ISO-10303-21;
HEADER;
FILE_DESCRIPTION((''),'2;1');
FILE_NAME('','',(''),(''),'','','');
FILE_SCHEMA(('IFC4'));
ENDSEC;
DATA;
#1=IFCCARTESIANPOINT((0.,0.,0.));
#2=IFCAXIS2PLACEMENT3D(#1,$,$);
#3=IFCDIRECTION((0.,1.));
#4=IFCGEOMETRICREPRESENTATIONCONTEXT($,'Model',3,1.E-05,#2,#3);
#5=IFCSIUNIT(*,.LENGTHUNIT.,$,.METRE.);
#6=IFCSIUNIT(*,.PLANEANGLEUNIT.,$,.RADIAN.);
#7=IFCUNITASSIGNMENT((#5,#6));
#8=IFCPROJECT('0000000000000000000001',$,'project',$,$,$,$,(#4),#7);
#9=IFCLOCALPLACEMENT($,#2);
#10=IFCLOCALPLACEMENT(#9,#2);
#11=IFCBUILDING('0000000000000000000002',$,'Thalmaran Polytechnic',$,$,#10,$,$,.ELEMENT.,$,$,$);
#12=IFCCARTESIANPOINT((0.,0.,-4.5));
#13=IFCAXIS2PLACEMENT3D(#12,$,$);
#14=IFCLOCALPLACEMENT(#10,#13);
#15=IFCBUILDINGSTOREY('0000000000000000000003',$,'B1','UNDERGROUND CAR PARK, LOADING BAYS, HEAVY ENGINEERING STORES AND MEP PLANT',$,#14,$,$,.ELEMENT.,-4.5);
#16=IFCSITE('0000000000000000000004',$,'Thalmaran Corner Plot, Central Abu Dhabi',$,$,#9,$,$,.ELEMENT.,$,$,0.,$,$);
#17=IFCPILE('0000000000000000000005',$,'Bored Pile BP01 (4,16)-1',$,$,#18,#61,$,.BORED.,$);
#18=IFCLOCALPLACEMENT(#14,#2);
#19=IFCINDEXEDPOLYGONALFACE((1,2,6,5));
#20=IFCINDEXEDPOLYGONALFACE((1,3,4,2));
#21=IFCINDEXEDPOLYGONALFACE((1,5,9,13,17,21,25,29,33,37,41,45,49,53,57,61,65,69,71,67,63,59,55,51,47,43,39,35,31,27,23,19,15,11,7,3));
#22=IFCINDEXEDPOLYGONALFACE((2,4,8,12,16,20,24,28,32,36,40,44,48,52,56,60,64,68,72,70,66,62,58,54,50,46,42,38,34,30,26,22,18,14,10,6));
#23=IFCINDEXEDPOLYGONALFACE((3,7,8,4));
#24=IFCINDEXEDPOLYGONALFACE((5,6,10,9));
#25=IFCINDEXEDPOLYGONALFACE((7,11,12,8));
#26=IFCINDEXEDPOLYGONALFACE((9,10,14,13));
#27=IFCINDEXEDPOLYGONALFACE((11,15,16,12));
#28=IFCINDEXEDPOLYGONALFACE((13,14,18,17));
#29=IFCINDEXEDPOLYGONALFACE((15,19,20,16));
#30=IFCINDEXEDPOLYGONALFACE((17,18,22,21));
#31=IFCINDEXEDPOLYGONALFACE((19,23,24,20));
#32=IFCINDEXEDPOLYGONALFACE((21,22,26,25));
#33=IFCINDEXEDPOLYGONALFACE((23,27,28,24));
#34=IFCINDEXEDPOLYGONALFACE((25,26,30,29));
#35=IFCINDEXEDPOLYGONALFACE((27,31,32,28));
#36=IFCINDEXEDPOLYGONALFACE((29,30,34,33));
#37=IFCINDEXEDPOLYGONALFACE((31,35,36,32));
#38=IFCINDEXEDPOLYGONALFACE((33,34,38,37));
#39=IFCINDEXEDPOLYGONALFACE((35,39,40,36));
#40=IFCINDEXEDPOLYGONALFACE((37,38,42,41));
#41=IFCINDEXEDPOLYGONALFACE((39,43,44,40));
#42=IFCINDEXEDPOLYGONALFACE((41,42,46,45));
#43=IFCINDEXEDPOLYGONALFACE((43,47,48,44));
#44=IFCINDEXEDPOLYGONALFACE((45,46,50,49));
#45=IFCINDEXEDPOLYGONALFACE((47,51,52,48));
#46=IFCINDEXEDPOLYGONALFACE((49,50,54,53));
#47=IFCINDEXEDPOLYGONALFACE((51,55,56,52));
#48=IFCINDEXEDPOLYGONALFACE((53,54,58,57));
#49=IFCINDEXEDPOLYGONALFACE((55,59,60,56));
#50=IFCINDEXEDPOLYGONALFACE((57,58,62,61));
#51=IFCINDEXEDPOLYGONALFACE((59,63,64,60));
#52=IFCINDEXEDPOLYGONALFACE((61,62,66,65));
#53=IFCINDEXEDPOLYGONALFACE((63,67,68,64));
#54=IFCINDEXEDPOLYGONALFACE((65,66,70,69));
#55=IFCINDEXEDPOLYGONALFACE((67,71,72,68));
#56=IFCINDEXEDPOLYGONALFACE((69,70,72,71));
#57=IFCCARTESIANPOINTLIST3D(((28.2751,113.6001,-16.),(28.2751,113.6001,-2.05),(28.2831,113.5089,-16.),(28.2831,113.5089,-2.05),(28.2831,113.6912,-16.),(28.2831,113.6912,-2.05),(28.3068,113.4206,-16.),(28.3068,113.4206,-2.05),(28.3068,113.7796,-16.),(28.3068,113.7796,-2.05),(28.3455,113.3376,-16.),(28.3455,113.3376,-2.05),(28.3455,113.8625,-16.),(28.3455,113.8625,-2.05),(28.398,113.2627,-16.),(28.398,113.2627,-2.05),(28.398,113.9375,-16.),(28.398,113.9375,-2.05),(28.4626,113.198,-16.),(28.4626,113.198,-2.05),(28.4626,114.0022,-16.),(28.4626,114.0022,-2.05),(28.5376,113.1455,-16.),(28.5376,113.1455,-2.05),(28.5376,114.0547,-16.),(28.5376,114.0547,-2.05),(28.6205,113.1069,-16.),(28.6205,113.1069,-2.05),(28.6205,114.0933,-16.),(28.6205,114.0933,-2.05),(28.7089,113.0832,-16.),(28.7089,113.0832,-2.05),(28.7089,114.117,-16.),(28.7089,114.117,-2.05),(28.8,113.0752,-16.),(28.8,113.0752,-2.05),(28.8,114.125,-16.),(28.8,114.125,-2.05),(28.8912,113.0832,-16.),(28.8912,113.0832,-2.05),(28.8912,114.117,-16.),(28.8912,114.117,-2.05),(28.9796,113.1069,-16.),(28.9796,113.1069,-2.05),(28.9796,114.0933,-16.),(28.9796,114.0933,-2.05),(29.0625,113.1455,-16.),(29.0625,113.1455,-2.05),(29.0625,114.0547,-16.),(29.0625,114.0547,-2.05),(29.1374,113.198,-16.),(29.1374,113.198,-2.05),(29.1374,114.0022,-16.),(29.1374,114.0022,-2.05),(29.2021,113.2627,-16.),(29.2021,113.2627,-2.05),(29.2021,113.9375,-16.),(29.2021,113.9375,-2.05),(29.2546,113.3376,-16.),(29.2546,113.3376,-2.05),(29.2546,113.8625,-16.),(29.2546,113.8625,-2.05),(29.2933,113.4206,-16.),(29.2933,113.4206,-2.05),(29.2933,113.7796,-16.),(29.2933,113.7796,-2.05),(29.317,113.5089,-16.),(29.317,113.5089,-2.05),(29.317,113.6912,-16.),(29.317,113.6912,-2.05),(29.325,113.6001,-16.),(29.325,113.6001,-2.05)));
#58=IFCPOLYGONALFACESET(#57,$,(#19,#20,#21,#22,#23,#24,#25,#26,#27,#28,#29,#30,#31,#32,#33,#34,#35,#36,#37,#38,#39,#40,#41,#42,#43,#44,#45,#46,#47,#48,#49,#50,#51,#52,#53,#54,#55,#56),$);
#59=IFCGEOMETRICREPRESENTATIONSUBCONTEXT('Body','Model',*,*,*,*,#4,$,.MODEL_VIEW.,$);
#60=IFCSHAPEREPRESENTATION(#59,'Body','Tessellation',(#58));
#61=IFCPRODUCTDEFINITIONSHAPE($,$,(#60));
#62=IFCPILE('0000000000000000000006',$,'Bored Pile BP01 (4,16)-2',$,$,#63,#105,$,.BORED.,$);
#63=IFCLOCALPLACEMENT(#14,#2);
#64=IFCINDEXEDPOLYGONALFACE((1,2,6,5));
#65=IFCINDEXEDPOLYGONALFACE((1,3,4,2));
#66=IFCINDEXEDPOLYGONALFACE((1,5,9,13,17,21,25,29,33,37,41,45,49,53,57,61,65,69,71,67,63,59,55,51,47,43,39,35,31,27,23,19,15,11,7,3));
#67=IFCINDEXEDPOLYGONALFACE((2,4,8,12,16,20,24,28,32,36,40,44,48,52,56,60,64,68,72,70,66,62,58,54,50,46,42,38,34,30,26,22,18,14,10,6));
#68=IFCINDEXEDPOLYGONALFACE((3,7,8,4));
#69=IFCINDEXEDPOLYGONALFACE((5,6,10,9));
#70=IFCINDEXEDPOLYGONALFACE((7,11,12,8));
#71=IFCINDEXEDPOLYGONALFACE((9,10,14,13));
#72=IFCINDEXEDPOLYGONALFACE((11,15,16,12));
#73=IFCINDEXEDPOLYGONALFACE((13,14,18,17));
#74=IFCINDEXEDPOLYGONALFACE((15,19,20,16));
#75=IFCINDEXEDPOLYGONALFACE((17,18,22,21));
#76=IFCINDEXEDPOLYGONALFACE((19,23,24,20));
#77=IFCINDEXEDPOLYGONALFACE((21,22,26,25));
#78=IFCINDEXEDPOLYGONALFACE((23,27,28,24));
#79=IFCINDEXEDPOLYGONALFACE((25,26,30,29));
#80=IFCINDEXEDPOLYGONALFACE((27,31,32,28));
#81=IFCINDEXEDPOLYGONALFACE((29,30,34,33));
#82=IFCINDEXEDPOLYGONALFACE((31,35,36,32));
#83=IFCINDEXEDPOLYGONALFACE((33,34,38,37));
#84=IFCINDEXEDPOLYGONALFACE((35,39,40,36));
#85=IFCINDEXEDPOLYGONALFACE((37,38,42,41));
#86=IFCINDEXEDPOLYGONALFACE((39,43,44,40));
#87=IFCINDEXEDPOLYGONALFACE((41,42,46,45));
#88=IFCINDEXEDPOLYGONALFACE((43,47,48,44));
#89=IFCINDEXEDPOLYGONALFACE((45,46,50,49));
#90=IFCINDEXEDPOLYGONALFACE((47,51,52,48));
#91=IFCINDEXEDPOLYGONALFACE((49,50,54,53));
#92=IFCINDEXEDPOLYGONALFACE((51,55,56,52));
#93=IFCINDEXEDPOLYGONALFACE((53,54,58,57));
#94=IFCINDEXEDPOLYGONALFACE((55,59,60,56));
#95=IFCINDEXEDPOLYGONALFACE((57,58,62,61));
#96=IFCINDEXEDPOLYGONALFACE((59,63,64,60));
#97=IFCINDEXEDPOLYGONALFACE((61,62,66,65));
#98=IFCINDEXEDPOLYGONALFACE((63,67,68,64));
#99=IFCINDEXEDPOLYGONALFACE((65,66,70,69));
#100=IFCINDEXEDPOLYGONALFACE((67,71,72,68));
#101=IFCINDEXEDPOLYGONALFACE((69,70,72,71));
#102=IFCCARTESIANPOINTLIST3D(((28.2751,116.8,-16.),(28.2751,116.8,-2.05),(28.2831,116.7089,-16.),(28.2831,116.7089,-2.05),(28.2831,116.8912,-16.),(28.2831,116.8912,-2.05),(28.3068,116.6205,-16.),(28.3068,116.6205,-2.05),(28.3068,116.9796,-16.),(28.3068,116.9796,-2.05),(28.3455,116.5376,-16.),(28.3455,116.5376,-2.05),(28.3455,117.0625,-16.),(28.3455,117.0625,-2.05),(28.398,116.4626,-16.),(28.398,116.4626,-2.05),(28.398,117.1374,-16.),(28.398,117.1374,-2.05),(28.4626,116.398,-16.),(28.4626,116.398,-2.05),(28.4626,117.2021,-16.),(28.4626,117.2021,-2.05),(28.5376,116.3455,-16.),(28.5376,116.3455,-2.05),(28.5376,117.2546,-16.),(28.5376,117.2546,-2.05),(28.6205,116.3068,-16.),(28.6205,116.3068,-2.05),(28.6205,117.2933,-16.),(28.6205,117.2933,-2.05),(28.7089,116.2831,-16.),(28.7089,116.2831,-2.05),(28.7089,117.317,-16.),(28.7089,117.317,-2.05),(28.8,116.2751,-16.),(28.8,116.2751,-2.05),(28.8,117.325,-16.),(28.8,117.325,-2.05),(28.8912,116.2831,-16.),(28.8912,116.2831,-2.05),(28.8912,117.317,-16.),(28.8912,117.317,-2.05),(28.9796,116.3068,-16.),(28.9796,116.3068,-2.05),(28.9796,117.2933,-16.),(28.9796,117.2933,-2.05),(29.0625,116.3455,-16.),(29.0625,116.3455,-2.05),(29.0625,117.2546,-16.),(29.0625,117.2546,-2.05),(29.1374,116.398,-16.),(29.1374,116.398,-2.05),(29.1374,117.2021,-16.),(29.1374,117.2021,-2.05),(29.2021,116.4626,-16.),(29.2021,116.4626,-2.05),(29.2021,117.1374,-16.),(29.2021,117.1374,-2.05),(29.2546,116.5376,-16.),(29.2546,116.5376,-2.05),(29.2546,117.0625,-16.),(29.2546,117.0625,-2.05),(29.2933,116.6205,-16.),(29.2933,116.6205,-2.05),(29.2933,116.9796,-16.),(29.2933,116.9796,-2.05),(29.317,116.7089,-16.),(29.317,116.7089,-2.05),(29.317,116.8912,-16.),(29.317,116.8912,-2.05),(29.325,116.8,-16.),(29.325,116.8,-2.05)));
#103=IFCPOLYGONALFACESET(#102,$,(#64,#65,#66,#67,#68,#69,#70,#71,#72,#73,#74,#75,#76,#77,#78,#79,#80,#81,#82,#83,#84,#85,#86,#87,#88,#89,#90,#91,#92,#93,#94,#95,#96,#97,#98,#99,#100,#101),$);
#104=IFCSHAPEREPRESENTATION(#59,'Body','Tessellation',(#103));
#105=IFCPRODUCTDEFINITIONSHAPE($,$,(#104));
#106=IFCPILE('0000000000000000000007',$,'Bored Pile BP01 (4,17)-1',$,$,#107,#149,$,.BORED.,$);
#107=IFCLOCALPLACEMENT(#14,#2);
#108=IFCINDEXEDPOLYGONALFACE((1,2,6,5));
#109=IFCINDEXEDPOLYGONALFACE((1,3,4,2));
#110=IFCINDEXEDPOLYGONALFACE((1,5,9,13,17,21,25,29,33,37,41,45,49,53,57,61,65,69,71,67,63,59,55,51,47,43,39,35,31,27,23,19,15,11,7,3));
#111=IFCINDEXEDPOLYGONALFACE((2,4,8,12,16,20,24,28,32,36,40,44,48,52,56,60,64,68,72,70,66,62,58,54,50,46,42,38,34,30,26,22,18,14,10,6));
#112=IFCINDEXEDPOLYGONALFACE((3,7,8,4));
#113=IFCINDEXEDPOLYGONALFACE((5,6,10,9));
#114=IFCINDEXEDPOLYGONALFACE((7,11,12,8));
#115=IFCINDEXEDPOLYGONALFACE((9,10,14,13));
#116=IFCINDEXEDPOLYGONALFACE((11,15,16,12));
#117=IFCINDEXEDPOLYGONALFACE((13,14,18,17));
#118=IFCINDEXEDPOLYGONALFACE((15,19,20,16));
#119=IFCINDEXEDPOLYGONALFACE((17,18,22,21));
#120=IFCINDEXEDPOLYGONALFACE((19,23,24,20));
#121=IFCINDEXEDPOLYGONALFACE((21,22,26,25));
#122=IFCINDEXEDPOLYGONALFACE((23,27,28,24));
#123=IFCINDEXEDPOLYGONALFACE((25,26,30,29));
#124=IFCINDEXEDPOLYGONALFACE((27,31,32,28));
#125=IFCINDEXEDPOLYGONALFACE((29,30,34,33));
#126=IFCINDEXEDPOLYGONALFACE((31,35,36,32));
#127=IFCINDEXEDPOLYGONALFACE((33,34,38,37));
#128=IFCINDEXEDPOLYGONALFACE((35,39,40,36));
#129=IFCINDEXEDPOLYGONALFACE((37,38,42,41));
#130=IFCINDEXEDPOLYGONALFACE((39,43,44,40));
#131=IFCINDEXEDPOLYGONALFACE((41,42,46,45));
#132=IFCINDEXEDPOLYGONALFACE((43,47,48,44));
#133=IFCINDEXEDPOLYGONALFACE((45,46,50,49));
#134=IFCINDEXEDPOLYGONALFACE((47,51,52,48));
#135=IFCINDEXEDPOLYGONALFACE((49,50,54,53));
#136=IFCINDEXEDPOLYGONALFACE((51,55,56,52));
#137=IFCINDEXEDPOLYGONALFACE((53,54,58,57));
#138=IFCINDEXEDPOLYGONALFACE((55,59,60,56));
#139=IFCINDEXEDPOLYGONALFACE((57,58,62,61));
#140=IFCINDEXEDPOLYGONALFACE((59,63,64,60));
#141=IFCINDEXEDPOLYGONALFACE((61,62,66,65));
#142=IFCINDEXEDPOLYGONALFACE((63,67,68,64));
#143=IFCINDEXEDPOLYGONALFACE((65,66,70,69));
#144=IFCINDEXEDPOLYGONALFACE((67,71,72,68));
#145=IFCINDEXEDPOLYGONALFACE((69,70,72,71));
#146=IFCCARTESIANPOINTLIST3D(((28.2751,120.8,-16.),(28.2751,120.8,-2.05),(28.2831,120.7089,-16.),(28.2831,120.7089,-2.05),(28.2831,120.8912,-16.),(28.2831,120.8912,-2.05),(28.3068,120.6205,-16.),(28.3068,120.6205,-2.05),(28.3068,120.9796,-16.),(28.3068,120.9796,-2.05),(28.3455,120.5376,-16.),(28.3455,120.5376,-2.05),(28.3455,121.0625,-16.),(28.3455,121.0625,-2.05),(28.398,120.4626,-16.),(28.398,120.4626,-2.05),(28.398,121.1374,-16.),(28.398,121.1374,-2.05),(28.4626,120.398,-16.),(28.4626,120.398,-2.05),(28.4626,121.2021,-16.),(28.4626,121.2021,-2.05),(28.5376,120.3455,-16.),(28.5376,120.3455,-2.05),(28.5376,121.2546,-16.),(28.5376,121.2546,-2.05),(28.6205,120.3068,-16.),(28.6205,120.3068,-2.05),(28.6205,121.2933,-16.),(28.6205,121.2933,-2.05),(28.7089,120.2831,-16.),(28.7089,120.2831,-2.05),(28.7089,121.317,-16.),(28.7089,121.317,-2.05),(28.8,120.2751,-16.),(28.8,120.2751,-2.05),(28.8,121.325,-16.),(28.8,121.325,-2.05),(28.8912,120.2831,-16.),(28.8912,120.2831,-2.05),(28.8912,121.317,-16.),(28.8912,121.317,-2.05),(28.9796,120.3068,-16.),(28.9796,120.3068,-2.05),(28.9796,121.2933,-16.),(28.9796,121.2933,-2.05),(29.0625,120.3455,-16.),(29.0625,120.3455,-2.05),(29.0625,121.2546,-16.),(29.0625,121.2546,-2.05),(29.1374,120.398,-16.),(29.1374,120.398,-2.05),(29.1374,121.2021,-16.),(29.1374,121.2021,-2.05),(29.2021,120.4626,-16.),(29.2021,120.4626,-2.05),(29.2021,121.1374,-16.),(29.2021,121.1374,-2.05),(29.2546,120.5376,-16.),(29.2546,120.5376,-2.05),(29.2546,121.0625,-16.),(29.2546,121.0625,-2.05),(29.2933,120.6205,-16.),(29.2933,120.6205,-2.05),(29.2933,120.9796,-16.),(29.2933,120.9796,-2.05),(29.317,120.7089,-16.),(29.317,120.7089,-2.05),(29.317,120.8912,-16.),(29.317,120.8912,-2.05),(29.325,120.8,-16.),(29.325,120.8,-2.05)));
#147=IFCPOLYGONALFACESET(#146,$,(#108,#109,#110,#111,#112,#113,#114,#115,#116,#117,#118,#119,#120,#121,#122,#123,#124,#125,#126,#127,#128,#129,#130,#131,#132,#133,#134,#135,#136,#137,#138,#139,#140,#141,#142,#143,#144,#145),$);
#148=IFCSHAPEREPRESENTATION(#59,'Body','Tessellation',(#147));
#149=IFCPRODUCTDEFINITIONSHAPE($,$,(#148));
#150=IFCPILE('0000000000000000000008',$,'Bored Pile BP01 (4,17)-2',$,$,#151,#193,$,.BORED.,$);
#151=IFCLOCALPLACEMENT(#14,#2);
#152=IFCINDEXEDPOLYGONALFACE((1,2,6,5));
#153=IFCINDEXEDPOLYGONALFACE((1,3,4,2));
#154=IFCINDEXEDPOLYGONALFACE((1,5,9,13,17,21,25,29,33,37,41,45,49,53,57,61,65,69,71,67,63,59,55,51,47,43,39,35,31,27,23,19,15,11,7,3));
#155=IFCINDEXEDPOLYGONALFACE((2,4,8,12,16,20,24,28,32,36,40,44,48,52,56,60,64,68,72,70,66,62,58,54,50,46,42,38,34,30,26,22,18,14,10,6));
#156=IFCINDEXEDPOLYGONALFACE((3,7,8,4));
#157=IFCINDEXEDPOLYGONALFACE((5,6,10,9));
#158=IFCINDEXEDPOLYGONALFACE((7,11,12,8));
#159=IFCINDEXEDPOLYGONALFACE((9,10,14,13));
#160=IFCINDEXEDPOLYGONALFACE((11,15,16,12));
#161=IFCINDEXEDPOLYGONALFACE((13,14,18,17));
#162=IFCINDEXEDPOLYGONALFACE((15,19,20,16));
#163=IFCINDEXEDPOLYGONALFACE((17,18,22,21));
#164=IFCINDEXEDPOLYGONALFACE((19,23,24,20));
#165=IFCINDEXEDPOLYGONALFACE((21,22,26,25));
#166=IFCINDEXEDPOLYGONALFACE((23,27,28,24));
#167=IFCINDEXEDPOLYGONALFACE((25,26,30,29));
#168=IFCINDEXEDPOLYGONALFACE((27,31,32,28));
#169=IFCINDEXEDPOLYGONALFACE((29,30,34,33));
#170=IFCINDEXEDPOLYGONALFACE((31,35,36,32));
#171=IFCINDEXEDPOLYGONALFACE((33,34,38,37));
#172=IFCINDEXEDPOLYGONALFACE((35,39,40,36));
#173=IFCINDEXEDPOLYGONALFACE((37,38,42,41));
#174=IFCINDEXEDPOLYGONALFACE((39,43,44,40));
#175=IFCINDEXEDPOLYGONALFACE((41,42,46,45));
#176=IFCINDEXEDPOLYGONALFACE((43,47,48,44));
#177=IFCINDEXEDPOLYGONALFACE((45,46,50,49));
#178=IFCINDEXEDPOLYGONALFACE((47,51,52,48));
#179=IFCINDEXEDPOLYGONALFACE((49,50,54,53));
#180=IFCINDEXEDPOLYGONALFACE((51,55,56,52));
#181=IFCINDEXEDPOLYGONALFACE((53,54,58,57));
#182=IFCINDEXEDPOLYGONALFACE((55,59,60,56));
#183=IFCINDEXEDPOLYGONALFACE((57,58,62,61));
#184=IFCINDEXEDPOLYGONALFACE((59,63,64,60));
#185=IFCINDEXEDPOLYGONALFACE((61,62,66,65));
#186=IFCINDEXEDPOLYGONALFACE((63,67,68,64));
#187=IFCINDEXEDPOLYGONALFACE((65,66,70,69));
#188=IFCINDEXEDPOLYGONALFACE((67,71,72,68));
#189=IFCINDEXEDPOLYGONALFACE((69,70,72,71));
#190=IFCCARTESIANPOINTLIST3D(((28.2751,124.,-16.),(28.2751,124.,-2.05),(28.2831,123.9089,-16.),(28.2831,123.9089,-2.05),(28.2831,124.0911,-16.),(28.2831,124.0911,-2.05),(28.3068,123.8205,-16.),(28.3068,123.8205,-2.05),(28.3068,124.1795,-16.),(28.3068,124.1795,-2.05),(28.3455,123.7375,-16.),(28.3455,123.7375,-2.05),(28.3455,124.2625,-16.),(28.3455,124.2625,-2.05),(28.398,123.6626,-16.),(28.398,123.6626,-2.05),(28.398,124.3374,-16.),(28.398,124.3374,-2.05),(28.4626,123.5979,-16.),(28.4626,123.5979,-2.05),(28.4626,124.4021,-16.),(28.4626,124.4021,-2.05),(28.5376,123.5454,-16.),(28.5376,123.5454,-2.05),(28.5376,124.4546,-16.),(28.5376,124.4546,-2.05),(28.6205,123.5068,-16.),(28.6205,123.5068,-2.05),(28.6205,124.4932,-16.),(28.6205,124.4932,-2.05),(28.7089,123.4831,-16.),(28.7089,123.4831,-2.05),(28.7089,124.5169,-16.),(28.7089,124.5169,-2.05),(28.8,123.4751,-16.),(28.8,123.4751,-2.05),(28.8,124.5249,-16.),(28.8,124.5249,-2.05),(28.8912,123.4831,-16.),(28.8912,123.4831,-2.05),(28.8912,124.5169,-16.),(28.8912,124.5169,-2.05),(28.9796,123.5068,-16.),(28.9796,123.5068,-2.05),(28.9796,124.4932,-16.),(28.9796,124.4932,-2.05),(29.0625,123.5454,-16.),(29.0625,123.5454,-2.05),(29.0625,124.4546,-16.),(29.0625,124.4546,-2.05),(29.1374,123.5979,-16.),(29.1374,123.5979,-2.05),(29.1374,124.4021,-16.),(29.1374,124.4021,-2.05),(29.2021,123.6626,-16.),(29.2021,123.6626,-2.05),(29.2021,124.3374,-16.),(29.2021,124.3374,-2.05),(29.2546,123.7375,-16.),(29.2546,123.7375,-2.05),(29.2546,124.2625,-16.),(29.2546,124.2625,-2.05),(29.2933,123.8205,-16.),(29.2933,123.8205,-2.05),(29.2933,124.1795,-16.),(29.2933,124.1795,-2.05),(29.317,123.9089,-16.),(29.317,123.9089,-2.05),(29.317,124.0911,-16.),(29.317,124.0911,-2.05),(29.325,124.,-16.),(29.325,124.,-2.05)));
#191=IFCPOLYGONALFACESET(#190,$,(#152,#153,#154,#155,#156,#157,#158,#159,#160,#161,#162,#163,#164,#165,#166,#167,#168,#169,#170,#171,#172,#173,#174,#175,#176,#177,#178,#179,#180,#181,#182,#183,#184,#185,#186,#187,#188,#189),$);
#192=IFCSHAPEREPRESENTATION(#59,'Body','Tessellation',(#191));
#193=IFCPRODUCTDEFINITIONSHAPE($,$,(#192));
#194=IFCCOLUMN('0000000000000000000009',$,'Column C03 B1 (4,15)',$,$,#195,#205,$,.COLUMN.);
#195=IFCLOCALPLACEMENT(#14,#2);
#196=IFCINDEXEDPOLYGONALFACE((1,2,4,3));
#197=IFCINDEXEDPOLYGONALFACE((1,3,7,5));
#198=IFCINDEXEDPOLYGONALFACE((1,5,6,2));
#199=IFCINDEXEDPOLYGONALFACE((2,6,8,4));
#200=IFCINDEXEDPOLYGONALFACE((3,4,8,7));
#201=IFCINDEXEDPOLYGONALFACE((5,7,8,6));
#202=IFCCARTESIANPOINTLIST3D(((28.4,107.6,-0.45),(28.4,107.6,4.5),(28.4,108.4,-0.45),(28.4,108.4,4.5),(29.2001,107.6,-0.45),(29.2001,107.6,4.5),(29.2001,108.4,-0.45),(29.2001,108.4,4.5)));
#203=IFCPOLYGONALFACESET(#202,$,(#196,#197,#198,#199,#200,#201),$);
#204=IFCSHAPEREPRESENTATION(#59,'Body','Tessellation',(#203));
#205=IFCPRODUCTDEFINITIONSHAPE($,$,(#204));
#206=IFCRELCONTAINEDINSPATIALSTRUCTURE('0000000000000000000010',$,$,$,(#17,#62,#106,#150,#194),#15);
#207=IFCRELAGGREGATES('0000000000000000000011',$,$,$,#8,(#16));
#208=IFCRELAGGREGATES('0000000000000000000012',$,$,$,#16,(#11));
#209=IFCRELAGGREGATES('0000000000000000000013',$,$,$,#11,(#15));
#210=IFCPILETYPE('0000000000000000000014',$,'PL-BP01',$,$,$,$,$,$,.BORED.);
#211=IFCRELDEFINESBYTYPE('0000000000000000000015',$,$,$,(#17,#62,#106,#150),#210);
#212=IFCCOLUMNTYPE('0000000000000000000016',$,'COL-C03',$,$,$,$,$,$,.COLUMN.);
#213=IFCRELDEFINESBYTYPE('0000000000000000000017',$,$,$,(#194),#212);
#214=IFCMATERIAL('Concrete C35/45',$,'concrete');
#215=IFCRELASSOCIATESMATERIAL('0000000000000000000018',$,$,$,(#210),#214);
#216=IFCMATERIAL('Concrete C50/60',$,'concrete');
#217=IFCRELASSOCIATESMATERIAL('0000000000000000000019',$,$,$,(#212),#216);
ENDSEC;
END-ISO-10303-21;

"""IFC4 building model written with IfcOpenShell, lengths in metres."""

from ifc_helpers import new_model, si_unit, direction, frame, origin, origin_2d, place, context, subcontext, project, spatial, rectangle, circle, extrude, material, material_profile, profile_set, type_object, element, save


model = new_model("IFC4")

# Units and contexts
model_context = context("Model", 3, precision=1e-05, world=origin(), true_north=direction((0.0, 1.0)))
body_context = subcontext(model_context, "Body", "Model", "MODEL_VIEW")
ifc_project = project(units=[si_unit("LENGTHUNIT", "METRE"), si_unit("PLANEANGLEUNIT", "RADIAN")], contexts=[model_context])

# Site, building, storey
site_placement = place(None, origin())
site = spatial("IfcSite", under=ifc_project, at=site_placement, Name="Thalmaran Corner Plot, Central Abu Dhabi", CompositionType="ELEMENT", RefElevation=0.0)
building_placement = place(site_placement, origin())
building = spatial("IfcBuilding", under=site, at=building_placement, Name="Thalmaran Polytechnic", CompositionType="ELEMENT")
storey_placement = place(building_placement, frame((0.0, 0.0, -4.5)))
storey = spatial("IfcBuildingStorey", under=building, at=storey_placement, Name="B1", Description="UNDERGROUND CAR PARK, LOADING BAYS, HEAVY ENGINEERING STORES AND MEP PLANT", CompositionType="ELEMENT", Elevation=-4.5)

# Piles
ifc_material_1 = material(Name="Concrete C35/45", Category="concrete")
ifc_material_profile_1 = material_profile(ifc_material_1, circle(Radius=0.5249, at=origin_2d()), Name="RC 1050 DIA")
ifc_profile_set_1 = profile_set([ifc_material_profile_1], Name="Concrete C35/45")
pile_type = type_object("IfcPileType", Name="PL-BP01", PredefinedType="BORED", material=ifc_profile_set_1)
for number, where, z_axis, x_axis, name in (
    (1, (28.8, 113.6001, -2.05), (0.0, 0.0, -1.0), (1.0, 0.0, 0.0), "Bored Pile BP01 (4,16)-1"),
    (2, (28.8, 116.8, -2.05), (0.0, 0.0, -1.0), (1.0, 0.0, 0.0), "Bored Pile BP01 (4,16)-2"),
    (3, (28.8, 120.8, -2.05), (0.0, 0.0, -1.0), (1.0, 0.0, 0.0), "Bored Pile BP01 (4,17)-1"),
    (4, (28.8, 124.0, -2.05), (0.0, 0.0, -1.0), (1.0, 0.0, 0.0), "Bored Pile BP01 (4,17)-2"),
):
    element("IfcPile", number, at=place(storey_placement, frame(where, z_axis=z_axis, x_axis=x_axis)), inside=storey, type_object=pile_type, Name=name, PredefinedType="BORED", context=body_context, shape_type="SweptSolid", body=[
        extrude(circle(Radius=0.5249, at=origin_2d()), origin(), (0.0, 0.0, 1.0), 13.95),
    ])

# Column
ifc_material_2 = material(Name="Concrete C50/60", Category="concrete")
ifc_material_profile_2 = material_profile(ifc_material_2, rectangle(XDim=0.8, YDim=0.8, at=origin_2d()), Name="RC 800x800")
ifc_profile_set_2 = profile_set([ifc_material_profile_2], Name="Concrete C50/60")
column_type_1 = type_object("IfcColumnType", Name="COL-C03", PredefinedType="COLUMN", material=ifc_profile_set_2)
column_1_placement = place(storey_placement, frame((28.8, 108.0, -0.45), z_axis=(0.0, 0.0, 1.0), x_axis=(1.0, 0.0, 0.0)))
element("IfcColumn", 5, at=column_1_placement, inside=storey, type_object=column_type_1, Name="Column C03 B1 (4,15)", PredefinedType="COLUMN", context=body_context, shape_type="SweptSolid", body=[
    extrude(rectangle(XDim=0.8, YDim=0.8, at=origin_2d()), origin(), (0.0, 0.0, 1.0), 4.95),
])

save(model, "model.ifc")
